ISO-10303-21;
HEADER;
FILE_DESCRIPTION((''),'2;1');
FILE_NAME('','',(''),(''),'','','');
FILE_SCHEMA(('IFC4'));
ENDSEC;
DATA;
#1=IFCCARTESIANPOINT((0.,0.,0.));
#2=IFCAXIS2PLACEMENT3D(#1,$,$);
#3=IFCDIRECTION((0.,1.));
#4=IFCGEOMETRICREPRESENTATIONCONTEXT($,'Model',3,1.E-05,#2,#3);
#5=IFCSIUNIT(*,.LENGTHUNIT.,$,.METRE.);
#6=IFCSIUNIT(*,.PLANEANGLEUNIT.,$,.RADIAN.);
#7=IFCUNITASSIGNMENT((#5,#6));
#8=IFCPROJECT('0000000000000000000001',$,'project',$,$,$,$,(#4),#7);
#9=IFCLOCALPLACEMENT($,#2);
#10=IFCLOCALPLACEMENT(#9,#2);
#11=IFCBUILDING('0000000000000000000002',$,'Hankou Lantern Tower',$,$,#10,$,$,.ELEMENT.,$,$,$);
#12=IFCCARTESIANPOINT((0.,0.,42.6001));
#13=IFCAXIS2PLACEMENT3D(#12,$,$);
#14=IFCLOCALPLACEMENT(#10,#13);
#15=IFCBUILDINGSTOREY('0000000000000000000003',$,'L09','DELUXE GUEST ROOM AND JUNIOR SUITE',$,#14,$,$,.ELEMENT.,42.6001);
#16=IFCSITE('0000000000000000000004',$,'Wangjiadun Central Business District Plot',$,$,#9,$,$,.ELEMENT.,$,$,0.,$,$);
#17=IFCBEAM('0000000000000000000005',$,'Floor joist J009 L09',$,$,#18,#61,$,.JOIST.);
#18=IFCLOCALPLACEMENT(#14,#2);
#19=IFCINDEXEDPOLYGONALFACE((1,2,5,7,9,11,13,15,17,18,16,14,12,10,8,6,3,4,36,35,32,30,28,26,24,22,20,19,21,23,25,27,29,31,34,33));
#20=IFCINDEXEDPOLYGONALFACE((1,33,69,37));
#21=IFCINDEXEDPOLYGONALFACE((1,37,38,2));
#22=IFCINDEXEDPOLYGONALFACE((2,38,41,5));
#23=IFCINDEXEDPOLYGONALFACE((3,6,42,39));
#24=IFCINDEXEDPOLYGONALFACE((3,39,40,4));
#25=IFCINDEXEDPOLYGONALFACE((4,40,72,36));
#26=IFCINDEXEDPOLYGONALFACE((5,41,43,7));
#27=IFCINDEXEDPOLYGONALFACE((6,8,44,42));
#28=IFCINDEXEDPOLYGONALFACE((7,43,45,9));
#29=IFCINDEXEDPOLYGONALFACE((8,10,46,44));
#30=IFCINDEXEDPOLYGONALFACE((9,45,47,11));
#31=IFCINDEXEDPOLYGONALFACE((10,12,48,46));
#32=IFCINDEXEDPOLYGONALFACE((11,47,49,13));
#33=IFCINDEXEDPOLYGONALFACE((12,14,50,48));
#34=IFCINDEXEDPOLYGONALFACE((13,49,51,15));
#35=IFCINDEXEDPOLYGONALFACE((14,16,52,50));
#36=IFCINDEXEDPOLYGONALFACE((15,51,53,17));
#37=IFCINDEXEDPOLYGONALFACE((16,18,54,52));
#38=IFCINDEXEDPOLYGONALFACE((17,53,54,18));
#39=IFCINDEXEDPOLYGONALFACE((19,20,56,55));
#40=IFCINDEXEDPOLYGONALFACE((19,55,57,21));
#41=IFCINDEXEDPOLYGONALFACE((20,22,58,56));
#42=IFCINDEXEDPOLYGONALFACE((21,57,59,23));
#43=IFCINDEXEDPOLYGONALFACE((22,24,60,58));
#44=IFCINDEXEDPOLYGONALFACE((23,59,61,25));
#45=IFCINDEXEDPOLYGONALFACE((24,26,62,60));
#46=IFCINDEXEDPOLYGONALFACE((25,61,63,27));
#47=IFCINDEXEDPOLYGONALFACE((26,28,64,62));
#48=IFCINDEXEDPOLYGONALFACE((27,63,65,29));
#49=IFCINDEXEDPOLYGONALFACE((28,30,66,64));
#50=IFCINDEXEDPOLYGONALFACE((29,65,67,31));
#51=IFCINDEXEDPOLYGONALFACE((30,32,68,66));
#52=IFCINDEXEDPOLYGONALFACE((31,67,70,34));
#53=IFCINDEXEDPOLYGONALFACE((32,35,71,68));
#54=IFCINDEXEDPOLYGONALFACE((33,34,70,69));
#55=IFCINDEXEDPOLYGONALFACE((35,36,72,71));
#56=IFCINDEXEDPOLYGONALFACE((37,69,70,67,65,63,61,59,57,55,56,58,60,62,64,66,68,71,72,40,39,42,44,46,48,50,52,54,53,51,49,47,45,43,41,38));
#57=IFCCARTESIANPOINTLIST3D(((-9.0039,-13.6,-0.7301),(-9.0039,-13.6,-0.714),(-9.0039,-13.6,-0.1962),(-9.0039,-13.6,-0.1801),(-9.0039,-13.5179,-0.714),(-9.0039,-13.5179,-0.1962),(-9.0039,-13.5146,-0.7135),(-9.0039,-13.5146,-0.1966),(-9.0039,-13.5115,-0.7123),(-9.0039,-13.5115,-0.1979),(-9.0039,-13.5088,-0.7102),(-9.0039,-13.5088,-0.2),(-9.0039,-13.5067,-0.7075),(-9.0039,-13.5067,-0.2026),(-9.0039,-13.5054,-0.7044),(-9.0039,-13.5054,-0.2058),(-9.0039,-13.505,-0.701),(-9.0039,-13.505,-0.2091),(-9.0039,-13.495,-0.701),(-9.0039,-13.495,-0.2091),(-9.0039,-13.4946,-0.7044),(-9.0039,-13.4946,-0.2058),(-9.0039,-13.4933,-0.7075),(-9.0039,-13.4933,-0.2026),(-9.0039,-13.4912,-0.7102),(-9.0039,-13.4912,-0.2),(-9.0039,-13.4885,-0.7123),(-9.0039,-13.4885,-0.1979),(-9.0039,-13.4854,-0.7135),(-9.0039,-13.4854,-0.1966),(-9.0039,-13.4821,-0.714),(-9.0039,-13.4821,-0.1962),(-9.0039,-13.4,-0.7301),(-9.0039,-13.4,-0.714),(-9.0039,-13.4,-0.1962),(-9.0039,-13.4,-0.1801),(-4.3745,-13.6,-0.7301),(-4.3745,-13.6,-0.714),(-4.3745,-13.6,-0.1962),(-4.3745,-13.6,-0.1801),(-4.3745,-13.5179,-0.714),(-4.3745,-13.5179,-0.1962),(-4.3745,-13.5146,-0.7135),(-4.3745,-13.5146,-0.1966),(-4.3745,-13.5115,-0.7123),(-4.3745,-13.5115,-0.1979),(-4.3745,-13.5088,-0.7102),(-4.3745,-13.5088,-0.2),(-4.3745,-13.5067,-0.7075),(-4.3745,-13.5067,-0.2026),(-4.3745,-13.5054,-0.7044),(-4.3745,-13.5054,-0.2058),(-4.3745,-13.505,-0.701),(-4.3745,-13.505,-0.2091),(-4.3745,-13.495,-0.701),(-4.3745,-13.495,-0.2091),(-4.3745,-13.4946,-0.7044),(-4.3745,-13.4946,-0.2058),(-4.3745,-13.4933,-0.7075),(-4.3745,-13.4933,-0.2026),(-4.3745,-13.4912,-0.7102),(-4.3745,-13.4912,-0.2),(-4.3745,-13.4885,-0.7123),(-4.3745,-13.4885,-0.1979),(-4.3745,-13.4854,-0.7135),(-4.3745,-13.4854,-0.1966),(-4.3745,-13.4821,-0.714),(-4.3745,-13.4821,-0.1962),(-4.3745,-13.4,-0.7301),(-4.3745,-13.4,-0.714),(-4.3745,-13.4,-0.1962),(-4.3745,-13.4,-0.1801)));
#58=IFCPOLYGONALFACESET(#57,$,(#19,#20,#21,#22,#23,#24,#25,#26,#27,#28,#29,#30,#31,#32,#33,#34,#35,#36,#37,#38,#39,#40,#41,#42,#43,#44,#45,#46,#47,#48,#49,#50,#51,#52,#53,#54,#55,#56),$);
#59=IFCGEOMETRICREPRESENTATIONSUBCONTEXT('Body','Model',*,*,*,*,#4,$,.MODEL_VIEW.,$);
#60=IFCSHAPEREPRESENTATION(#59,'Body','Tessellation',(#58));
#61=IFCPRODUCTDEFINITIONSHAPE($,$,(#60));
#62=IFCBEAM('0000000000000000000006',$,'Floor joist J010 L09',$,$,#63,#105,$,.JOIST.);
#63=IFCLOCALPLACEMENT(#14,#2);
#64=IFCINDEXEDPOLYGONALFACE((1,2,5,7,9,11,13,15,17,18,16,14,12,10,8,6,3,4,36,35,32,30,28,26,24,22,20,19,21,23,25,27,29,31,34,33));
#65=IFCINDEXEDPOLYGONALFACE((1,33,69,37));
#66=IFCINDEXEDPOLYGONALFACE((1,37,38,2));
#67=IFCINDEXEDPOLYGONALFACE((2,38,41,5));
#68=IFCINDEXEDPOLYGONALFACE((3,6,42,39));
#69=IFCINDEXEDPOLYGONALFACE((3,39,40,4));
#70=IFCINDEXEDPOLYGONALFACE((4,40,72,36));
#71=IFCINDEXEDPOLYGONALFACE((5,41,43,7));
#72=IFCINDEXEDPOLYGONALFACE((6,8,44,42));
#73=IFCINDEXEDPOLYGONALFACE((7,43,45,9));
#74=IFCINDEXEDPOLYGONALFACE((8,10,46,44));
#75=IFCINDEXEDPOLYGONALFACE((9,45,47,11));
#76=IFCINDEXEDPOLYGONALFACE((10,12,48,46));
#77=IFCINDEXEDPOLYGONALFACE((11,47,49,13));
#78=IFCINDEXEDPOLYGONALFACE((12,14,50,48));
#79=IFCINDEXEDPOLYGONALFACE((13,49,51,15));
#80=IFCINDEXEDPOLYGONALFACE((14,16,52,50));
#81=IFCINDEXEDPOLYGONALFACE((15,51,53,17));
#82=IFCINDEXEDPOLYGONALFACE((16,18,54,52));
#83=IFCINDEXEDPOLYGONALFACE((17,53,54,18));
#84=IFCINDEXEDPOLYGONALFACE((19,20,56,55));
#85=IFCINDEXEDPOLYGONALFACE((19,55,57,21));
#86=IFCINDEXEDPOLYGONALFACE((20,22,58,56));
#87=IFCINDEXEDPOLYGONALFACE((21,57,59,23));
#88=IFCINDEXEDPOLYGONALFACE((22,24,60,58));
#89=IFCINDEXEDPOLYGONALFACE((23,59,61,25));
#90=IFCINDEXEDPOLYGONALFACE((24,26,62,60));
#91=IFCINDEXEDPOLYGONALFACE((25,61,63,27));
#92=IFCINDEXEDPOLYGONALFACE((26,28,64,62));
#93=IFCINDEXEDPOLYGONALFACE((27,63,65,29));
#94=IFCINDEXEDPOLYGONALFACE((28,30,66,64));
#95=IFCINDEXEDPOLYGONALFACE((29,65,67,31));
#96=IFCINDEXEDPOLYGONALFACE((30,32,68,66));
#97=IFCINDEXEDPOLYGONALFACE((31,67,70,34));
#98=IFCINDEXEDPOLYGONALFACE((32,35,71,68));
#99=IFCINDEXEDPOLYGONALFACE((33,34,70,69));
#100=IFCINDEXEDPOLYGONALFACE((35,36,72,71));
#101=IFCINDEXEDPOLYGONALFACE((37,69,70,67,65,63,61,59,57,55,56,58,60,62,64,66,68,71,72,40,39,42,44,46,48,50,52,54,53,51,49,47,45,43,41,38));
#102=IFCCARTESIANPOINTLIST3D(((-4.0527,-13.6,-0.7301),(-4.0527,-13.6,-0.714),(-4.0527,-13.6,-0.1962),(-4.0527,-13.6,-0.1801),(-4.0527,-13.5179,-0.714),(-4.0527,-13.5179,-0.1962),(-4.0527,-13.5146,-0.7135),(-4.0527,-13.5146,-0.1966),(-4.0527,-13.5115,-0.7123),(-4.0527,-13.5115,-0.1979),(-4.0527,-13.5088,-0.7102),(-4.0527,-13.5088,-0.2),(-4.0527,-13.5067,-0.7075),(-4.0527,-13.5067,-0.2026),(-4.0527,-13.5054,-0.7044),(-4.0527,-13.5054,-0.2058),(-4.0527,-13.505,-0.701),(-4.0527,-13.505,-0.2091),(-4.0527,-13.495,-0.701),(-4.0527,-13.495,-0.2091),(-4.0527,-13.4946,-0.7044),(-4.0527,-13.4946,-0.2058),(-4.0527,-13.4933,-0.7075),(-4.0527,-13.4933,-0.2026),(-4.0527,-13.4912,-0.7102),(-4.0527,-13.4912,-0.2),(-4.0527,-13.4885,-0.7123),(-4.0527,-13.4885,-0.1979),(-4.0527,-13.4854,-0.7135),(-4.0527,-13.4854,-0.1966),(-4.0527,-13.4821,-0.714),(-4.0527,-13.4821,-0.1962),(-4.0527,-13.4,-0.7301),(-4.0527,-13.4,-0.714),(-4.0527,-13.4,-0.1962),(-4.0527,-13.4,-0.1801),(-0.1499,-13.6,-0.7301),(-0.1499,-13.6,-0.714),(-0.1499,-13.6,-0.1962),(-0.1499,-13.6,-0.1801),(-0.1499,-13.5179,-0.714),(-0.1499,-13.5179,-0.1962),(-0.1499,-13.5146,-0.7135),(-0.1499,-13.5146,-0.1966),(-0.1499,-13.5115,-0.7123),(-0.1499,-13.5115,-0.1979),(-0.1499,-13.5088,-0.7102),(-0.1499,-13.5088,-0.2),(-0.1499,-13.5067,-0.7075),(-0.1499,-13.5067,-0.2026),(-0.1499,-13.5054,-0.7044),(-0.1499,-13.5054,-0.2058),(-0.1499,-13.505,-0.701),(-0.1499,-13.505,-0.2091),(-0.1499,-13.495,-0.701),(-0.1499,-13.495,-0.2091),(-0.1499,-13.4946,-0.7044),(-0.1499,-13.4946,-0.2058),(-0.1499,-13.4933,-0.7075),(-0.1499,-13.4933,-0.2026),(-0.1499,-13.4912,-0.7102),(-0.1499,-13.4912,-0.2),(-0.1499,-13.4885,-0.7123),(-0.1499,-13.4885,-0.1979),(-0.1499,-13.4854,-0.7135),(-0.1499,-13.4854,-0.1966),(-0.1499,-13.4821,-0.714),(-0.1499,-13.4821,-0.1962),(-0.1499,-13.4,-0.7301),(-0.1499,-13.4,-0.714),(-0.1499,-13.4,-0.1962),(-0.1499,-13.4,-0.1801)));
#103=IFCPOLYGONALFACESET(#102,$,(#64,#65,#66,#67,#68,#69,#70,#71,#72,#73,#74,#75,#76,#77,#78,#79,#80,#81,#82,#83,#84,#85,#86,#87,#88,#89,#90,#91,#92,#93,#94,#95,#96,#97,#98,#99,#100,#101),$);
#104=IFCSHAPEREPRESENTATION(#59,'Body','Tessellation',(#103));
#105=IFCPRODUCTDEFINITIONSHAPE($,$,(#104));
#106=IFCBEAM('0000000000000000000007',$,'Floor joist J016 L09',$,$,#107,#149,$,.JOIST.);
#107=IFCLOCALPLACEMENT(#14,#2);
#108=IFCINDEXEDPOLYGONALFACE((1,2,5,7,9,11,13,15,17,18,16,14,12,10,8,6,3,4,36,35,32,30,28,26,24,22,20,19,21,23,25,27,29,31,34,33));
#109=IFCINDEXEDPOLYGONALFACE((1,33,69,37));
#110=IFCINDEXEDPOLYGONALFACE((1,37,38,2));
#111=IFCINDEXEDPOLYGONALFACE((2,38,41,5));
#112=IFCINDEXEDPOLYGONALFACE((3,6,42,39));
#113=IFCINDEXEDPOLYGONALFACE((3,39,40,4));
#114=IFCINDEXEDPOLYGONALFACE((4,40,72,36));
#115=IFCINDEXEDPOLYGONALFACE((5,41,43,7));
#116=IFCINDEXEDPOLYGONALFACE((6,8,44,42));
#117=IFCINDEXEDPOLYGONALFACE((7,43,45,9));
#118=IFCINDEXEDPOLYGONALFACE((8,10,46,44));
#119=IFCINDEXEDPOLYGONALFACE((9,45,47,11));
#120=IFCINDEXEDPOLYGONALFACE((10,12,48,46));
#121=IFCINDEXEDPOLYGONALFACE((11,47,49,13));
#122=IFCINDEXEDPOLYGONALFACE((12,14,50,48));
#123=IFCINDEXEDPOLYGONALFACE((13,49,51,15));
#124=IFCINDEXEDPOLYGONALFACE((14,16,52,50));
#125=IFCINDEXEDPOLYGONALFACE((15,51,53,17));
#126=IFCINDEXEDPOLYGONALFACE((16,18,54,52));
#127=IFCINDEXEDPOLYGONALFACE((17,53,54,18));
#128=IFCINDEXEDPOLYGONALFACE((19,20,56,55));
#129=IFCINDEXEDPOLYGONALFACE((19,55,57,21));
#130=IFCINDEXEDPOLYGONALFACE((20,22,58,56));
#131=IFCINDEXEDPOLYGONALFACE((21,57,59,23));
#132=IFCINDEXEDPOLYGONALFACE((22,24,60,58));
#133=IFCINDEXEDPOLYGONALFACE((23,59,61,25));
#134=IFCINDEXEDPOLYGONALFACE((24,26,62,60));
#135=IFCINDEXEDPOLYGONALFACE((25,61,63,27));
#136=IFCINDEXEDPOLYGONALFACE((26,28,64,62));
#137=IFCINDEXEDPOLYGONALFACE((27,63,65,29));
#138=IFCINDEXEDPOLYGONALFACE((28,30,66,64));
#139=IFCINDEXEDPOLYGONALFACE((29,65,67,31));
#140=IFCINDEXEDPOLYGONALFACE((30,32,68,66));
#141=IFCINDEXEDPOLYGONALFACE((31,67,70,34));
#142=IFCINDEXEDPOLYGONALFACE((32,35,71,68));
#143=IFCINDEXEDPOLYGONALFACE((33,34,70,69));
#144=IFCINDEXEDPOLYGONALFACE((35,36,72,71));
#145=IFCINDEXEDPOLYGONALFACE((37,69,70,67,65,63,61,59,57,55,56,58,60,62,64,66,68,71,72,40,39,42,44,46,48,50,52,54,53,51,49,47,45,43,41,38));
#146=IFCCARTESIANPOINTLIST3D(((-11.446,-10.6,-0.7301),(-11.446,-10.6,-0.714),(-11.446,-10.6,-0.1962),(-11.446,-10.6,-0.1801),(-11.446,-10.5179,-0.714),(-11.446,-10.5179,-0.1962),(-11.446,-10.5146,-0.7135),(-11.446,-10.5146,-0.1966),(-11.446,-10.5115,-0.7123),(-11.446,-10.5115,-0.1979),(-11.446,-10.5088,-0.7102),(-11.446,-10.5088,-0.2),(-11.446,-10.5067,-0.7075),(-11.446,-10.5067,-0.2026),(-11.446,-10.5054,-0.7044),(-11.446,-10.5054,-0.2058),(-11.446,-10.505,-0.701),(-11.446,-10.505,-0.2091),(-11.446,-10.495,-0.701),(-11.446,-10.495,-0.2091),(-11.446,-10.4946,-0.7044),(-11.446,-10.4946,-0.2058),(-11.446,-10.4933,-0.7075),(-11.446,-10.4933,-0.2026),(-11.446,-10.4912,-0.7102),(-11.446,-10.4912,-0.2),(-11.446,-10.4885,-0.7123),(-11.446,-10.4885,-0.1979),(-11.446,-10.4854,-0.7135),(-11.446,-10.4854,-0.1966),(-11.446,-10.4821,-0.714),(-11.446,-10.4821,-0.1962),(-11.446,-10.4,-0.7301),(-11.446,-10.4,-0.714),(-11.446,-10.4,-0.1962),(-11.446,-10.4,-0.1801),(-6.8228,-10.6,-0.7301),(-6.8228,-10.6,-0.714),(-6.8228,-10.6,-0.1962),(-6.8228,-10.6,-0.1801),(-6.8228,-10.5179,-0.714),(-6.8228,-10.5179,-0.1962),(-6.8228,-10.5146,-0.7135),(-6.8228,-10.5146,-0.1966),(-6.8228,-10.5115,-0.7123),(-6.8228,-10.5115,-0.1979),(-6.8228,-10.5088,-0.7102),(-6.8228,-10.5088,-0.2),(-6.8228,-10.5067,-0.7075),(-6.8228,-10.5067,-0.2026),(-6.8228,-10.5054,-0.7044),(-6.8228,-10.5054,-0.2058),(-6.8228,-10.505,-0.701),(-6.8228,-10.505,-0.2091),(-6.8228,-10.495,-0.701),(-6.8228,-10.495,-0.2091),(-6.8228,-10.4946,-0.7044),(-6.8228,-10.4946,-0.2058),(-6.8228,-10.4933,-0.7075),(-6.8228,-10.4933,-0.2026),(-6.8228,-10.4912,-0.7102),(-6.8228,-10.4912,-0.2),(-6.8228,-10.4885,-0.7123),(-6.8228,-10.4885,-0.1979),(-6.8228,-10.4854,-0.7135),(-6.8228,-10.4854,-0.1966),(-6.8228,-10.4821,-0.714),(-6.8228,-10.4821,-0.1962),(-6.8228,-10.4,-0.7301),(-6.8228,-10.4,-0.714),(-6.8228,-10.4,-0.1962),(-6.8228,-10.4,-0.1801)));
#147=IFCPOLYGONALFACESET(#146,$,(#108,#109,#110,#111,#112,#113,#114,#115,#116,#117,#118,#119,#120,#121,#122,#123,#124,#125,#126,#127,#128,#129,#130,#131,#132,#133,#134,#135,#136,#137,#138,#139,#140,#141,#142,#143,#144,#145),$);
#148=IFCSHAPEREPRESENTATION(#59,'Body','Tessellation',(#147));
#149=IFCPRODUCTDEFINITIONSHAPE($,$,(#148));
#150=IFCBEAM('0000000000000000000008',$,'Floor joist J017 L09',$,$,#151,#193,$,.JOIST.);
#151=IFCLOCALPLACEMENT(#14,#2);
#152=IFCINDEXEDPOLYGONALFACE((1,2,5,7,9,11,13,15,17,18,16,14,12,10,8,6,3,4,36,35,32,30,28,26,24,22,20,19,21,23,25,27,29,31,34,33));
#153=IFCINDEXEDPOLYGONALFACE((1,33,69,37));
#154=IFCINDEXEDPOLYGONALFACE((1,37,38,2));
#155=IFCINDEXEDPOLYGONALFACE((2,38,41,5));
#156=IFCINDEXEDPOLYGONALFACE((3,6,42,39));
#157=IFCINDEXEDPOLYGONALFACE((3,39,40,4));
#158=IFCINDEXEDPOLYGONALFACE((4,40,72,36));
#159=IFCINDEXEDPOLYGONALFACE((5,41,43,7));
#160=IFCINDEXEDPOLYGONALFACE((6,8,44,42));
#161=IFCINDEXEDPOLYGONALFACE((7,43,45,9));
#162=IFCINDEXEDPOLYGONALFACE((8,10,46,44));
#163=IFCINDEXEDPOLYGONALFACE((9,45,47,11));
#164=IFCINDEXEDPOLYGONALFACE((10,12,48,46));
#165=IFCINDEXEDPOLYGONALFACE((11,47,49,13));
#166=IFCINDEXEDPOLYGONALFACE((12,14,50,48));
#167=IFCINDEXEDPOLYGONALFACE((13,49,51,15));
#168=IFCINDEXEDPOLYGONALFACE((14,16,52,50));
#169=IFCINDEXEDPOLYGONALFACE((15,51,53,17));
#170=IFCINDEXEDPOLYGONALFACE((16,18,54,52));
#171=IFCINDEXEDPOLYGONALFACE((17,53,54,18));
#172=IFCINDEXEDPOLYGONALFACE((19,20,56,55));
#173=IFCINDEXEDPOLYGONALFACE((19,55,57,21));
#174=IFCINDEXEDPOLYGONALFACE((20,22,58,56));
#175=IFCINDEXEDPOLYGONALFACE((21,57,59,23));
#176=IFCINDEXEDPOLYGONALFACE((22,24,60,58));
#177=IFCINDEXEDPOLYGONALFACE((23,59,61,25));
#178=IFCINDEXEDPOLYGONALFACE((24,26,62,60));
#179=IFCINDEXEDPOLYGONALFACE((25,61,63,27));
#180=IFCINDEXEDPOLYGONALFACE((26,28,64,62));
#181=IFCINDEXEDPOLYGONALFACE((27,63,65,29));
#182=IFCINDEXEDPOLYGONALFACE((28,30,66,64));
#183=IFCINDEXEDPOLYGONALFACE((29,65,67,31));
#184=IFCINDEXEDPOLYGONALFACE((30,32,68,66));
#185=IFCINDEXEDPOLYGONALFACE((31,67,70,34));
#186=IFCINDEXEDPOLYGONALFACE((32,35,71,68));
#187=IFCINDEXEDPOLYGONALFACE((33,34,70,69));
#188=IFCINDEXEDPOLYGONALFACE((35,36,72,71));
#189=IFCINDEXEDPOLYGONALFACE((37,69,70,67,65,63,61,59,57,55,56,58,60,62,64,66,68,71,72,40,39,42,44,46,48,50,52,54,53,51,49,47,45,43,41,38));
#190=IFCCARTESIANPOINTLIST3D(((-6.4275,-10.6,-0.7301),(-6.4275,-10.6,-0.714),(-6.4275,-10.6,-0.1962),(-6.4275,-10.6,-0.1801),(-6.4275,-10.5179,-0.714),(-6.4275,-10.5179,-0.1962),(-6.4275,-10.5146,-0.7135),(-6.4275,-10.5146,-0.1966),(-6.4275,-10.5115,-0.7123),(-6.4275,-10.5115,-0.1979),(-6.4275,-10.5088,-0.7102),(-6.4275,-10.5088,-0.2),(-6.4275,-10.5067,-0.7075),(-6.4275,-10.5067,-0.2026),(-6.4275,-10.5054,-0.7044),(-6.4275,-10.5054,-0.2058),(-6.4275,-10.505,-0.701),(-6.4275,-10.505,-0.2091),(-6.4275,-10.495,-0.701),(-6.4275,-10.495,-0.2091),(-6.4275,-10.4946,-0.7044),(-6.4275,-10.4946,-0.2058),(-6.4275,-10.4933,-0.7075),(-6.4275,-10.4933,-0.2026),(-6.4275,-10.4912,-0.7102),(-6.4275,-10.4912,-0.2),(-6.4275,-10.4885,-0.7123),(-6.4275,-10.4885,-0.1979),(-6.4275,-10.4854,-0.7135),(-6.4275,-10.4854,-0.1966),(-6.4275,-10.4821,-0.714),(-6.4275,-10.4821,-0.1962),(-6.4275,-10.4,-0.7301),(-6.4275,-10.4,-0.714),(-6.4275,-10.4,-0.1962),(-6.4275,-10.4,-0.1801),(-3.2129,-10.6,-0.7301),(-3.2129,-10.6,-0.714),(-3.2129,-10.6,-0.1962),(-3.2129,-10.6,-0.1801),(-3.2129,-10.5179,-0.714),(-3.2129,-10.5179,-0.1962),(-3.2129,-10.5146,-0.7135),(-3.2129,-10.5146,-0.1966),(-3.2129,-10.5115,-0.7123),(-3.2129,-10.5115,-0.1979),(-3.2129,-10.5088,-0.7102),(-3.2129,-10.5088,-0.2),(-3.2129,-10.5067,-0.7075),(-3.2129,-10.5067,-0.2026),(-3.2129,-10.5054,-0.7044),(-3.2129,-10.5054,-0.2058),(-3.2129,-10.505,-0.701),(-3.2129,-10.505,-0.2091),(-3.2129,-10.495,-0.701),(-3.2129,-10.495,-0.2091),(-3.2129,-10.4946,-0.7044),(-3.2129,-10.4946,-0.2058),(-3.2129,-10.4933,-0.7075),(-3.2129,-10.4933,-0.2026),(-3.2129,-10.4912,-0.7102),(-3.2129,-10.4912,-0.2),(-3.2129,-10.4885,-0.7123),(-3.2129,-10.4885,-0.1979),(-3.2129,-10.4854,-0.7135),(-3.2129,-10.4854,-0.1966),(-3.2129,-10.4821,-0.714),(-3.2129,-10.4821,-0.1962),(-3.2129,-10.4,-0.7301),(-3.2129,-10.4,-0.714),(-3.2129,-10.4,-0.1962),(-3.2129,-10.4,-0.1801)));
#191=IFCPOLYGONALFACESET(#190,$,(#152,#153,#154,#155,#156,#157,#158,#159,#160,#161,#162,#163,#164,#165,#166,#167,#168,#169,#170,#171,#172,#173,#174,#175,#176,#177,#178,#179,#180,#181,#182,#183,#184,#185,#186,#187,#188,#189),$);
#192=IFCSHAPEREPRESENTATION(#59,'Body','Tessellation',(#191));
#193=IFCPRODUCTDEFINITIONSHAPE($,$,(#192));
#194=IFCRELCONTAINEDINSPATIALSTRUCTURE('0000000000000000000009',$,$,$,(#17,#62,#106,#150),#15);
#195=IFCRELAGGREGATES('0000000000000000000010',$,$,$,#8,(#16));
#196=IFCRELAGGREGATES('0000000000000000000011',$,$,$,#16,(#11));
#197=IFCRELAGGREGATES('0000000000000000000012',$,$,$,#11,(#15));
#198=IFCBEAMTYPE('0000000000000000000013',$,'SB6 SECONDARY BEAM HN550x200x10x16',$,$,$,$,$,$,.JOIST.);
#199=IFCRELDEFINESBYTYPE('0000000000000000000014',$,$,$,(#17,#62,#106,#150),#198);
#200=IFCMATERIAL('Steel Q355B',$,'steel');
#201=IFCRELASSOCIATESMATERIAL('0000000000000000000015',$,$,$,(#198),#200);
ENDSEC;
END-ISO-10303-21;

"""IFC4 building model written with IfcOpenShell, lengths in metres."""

from ifc_helpers import new_model, si_unit, direction, frame, origin, origin_2d, place, context, subcontext, project, spatial, i_section, extrude, material, material_profile, profile_set, type_object, element, save


model = new_model("IFC4")

# Units and contexts
model_context = context("Model", 3, precision=1e-05, world=origin(), true_north=direction((0.0, 1.0)))
body_context = subcontext(model_context, "Body", "Model", "MODEL_VIEW")
ifc_project = project(units=[si_unit("LENGTHUNIT", "METRE"), si_unit("PLANEANGLEUNIT", "RADIAN")], contexts=[model_context])

# Site, building, storey
site_placement = place(None, origin())
site = spatial("IfcSite", under=ifc_project, at=site_placement, Name="Wangjiadun Central Business District Plot", CompositionType="ELEMENT", RefElevation=0.0)
building_placement = place(site_placement, origin())
building = spatial("IfcBuilding", under=site, at=building_placement, Name="Hankou Lantern Tower", CompositionType="ELEMENT")
storey_placement = place(building_placement, frame((0.0, 0.0, 42.6001)))
storey = spatial("IfcBuildingStorey", under=building, at=storey_placement, Name="L09", Description="DELUXE GUEST ROOM AND JUNIOR SUITE", CompositionType="ELEMENT", Elevation=42.6001)

# Beams
ifc_material_1 = material(Name="Steel Q355B", Category="steel")
ifc_material_profile_1 = material_profile(ifc_material_1, i_section(OverallWidth=0.2, OverallDepth=0.55, WebThickness=0.01, FlangeThickness=0.0161, FilletRadius=0.0129, at=origin_2d()), Name="HN550x200x10x16")
ifc_profile_set_1 = profile_set([ifc_material_profile_1], Name="Steel Q355B")
beam_type_1 = type_object("IfcBeamType", Name="SB6 SECONDARY BEAM HN550x200x10x16", PredefinedType="JOIST", material=ifc_profile_set_1)
beam_1_placement = place(storey_placement, frame((-9.0039, -13.5, -0.4551), z_axis=(1.0, 0.0, 0.0), x_axis=(0.0, 1.0, 0.0)))
element("IfcBeam", 1, at=beam_1_placement, inside=storey, type_object=beam_type_1, Name="Floor joist J009 L09", PredefinedType="JOIST", context=body_context, shape_type="SweptSolid", body=[
    extrude(i_section(OverallWidth=0.2, OverallDepth=0.55, WebThickness=0.01, FlangeThickness=0.0161, FilletRadius=0.0129, at=origin_2d()), origin(), (0.0, 0.0, 1.0), 4.6294),
])
beam_2_placement = place(storey_placement, frame((-4.0527, -13.5, -0.4551), z_axis=(1.0, 0.0, 0.0), x_axis=(0.0, 1.0, 0.0)))
element("IfcBeam", 2, at=beam_2_placement, inside=storey, type_object=beam_type_1, Name="Floor joist J010 L09", PredefinedType="JOIST", context=body_context, shape_type="SweptSolid", body=[
    extrude(i_section(OverallWidth=0.2, OverallDepth=0.55, WebThickness=0.01, FlangeThickness=0.0161, FilletRadius=0.0129, at=origin_2d()), origin(), (0.0, 0.0, 1.0), 3.9028),
])
beam_3_placement = place(storey_placement, frame((-11.446, -10.5, -0.4551), z_axis=(1.0, 0.0, 0.0), x_axis=(0.0, 1.0, 0.0)))
element("IfcBeam", 3, at=beam_3_placement, inside=storey, type_object=beam_type_1, Name="Floor joist J016 L09", PredefinedType="JOIST", context=body_context, shape_type="SweptSolid", body=[
    extrude(i_section(OverallWidth=0.2, OverallDepth=0.55, WebThickness=0.01, FlangeThickness=0.0161, FilletRadius=0.0129, at=origin_2d()), origin(), (0.0, 0.0, 1.0), 4.6233),
])
beam_4_placement = place(storey_placement, frame((-6.4275, -10.5, -0.4551), z_axis=(1.0, 0.0, 0.0), x_axis=(0.0, 1.0, 0.0)))
element("IfcBeam", 4, at=beam_4_placement, inside=storey, type_object=beam_type_1, Name="Floor joist J017 L09", PredefinedType="JOIST", context=body_context, shape_type="SweptSolid", body=[
    extrude(i_section(OverallWidth=0.2, OverallDepth=0.55, WebThickness=0.01, FlangeThickness=0.0161, FilletRadius=0.0129, at=origin_2d()), origin(), (0.0, 0.0, 1.0), 3.2146),
])

save(model, "model.ifc")
